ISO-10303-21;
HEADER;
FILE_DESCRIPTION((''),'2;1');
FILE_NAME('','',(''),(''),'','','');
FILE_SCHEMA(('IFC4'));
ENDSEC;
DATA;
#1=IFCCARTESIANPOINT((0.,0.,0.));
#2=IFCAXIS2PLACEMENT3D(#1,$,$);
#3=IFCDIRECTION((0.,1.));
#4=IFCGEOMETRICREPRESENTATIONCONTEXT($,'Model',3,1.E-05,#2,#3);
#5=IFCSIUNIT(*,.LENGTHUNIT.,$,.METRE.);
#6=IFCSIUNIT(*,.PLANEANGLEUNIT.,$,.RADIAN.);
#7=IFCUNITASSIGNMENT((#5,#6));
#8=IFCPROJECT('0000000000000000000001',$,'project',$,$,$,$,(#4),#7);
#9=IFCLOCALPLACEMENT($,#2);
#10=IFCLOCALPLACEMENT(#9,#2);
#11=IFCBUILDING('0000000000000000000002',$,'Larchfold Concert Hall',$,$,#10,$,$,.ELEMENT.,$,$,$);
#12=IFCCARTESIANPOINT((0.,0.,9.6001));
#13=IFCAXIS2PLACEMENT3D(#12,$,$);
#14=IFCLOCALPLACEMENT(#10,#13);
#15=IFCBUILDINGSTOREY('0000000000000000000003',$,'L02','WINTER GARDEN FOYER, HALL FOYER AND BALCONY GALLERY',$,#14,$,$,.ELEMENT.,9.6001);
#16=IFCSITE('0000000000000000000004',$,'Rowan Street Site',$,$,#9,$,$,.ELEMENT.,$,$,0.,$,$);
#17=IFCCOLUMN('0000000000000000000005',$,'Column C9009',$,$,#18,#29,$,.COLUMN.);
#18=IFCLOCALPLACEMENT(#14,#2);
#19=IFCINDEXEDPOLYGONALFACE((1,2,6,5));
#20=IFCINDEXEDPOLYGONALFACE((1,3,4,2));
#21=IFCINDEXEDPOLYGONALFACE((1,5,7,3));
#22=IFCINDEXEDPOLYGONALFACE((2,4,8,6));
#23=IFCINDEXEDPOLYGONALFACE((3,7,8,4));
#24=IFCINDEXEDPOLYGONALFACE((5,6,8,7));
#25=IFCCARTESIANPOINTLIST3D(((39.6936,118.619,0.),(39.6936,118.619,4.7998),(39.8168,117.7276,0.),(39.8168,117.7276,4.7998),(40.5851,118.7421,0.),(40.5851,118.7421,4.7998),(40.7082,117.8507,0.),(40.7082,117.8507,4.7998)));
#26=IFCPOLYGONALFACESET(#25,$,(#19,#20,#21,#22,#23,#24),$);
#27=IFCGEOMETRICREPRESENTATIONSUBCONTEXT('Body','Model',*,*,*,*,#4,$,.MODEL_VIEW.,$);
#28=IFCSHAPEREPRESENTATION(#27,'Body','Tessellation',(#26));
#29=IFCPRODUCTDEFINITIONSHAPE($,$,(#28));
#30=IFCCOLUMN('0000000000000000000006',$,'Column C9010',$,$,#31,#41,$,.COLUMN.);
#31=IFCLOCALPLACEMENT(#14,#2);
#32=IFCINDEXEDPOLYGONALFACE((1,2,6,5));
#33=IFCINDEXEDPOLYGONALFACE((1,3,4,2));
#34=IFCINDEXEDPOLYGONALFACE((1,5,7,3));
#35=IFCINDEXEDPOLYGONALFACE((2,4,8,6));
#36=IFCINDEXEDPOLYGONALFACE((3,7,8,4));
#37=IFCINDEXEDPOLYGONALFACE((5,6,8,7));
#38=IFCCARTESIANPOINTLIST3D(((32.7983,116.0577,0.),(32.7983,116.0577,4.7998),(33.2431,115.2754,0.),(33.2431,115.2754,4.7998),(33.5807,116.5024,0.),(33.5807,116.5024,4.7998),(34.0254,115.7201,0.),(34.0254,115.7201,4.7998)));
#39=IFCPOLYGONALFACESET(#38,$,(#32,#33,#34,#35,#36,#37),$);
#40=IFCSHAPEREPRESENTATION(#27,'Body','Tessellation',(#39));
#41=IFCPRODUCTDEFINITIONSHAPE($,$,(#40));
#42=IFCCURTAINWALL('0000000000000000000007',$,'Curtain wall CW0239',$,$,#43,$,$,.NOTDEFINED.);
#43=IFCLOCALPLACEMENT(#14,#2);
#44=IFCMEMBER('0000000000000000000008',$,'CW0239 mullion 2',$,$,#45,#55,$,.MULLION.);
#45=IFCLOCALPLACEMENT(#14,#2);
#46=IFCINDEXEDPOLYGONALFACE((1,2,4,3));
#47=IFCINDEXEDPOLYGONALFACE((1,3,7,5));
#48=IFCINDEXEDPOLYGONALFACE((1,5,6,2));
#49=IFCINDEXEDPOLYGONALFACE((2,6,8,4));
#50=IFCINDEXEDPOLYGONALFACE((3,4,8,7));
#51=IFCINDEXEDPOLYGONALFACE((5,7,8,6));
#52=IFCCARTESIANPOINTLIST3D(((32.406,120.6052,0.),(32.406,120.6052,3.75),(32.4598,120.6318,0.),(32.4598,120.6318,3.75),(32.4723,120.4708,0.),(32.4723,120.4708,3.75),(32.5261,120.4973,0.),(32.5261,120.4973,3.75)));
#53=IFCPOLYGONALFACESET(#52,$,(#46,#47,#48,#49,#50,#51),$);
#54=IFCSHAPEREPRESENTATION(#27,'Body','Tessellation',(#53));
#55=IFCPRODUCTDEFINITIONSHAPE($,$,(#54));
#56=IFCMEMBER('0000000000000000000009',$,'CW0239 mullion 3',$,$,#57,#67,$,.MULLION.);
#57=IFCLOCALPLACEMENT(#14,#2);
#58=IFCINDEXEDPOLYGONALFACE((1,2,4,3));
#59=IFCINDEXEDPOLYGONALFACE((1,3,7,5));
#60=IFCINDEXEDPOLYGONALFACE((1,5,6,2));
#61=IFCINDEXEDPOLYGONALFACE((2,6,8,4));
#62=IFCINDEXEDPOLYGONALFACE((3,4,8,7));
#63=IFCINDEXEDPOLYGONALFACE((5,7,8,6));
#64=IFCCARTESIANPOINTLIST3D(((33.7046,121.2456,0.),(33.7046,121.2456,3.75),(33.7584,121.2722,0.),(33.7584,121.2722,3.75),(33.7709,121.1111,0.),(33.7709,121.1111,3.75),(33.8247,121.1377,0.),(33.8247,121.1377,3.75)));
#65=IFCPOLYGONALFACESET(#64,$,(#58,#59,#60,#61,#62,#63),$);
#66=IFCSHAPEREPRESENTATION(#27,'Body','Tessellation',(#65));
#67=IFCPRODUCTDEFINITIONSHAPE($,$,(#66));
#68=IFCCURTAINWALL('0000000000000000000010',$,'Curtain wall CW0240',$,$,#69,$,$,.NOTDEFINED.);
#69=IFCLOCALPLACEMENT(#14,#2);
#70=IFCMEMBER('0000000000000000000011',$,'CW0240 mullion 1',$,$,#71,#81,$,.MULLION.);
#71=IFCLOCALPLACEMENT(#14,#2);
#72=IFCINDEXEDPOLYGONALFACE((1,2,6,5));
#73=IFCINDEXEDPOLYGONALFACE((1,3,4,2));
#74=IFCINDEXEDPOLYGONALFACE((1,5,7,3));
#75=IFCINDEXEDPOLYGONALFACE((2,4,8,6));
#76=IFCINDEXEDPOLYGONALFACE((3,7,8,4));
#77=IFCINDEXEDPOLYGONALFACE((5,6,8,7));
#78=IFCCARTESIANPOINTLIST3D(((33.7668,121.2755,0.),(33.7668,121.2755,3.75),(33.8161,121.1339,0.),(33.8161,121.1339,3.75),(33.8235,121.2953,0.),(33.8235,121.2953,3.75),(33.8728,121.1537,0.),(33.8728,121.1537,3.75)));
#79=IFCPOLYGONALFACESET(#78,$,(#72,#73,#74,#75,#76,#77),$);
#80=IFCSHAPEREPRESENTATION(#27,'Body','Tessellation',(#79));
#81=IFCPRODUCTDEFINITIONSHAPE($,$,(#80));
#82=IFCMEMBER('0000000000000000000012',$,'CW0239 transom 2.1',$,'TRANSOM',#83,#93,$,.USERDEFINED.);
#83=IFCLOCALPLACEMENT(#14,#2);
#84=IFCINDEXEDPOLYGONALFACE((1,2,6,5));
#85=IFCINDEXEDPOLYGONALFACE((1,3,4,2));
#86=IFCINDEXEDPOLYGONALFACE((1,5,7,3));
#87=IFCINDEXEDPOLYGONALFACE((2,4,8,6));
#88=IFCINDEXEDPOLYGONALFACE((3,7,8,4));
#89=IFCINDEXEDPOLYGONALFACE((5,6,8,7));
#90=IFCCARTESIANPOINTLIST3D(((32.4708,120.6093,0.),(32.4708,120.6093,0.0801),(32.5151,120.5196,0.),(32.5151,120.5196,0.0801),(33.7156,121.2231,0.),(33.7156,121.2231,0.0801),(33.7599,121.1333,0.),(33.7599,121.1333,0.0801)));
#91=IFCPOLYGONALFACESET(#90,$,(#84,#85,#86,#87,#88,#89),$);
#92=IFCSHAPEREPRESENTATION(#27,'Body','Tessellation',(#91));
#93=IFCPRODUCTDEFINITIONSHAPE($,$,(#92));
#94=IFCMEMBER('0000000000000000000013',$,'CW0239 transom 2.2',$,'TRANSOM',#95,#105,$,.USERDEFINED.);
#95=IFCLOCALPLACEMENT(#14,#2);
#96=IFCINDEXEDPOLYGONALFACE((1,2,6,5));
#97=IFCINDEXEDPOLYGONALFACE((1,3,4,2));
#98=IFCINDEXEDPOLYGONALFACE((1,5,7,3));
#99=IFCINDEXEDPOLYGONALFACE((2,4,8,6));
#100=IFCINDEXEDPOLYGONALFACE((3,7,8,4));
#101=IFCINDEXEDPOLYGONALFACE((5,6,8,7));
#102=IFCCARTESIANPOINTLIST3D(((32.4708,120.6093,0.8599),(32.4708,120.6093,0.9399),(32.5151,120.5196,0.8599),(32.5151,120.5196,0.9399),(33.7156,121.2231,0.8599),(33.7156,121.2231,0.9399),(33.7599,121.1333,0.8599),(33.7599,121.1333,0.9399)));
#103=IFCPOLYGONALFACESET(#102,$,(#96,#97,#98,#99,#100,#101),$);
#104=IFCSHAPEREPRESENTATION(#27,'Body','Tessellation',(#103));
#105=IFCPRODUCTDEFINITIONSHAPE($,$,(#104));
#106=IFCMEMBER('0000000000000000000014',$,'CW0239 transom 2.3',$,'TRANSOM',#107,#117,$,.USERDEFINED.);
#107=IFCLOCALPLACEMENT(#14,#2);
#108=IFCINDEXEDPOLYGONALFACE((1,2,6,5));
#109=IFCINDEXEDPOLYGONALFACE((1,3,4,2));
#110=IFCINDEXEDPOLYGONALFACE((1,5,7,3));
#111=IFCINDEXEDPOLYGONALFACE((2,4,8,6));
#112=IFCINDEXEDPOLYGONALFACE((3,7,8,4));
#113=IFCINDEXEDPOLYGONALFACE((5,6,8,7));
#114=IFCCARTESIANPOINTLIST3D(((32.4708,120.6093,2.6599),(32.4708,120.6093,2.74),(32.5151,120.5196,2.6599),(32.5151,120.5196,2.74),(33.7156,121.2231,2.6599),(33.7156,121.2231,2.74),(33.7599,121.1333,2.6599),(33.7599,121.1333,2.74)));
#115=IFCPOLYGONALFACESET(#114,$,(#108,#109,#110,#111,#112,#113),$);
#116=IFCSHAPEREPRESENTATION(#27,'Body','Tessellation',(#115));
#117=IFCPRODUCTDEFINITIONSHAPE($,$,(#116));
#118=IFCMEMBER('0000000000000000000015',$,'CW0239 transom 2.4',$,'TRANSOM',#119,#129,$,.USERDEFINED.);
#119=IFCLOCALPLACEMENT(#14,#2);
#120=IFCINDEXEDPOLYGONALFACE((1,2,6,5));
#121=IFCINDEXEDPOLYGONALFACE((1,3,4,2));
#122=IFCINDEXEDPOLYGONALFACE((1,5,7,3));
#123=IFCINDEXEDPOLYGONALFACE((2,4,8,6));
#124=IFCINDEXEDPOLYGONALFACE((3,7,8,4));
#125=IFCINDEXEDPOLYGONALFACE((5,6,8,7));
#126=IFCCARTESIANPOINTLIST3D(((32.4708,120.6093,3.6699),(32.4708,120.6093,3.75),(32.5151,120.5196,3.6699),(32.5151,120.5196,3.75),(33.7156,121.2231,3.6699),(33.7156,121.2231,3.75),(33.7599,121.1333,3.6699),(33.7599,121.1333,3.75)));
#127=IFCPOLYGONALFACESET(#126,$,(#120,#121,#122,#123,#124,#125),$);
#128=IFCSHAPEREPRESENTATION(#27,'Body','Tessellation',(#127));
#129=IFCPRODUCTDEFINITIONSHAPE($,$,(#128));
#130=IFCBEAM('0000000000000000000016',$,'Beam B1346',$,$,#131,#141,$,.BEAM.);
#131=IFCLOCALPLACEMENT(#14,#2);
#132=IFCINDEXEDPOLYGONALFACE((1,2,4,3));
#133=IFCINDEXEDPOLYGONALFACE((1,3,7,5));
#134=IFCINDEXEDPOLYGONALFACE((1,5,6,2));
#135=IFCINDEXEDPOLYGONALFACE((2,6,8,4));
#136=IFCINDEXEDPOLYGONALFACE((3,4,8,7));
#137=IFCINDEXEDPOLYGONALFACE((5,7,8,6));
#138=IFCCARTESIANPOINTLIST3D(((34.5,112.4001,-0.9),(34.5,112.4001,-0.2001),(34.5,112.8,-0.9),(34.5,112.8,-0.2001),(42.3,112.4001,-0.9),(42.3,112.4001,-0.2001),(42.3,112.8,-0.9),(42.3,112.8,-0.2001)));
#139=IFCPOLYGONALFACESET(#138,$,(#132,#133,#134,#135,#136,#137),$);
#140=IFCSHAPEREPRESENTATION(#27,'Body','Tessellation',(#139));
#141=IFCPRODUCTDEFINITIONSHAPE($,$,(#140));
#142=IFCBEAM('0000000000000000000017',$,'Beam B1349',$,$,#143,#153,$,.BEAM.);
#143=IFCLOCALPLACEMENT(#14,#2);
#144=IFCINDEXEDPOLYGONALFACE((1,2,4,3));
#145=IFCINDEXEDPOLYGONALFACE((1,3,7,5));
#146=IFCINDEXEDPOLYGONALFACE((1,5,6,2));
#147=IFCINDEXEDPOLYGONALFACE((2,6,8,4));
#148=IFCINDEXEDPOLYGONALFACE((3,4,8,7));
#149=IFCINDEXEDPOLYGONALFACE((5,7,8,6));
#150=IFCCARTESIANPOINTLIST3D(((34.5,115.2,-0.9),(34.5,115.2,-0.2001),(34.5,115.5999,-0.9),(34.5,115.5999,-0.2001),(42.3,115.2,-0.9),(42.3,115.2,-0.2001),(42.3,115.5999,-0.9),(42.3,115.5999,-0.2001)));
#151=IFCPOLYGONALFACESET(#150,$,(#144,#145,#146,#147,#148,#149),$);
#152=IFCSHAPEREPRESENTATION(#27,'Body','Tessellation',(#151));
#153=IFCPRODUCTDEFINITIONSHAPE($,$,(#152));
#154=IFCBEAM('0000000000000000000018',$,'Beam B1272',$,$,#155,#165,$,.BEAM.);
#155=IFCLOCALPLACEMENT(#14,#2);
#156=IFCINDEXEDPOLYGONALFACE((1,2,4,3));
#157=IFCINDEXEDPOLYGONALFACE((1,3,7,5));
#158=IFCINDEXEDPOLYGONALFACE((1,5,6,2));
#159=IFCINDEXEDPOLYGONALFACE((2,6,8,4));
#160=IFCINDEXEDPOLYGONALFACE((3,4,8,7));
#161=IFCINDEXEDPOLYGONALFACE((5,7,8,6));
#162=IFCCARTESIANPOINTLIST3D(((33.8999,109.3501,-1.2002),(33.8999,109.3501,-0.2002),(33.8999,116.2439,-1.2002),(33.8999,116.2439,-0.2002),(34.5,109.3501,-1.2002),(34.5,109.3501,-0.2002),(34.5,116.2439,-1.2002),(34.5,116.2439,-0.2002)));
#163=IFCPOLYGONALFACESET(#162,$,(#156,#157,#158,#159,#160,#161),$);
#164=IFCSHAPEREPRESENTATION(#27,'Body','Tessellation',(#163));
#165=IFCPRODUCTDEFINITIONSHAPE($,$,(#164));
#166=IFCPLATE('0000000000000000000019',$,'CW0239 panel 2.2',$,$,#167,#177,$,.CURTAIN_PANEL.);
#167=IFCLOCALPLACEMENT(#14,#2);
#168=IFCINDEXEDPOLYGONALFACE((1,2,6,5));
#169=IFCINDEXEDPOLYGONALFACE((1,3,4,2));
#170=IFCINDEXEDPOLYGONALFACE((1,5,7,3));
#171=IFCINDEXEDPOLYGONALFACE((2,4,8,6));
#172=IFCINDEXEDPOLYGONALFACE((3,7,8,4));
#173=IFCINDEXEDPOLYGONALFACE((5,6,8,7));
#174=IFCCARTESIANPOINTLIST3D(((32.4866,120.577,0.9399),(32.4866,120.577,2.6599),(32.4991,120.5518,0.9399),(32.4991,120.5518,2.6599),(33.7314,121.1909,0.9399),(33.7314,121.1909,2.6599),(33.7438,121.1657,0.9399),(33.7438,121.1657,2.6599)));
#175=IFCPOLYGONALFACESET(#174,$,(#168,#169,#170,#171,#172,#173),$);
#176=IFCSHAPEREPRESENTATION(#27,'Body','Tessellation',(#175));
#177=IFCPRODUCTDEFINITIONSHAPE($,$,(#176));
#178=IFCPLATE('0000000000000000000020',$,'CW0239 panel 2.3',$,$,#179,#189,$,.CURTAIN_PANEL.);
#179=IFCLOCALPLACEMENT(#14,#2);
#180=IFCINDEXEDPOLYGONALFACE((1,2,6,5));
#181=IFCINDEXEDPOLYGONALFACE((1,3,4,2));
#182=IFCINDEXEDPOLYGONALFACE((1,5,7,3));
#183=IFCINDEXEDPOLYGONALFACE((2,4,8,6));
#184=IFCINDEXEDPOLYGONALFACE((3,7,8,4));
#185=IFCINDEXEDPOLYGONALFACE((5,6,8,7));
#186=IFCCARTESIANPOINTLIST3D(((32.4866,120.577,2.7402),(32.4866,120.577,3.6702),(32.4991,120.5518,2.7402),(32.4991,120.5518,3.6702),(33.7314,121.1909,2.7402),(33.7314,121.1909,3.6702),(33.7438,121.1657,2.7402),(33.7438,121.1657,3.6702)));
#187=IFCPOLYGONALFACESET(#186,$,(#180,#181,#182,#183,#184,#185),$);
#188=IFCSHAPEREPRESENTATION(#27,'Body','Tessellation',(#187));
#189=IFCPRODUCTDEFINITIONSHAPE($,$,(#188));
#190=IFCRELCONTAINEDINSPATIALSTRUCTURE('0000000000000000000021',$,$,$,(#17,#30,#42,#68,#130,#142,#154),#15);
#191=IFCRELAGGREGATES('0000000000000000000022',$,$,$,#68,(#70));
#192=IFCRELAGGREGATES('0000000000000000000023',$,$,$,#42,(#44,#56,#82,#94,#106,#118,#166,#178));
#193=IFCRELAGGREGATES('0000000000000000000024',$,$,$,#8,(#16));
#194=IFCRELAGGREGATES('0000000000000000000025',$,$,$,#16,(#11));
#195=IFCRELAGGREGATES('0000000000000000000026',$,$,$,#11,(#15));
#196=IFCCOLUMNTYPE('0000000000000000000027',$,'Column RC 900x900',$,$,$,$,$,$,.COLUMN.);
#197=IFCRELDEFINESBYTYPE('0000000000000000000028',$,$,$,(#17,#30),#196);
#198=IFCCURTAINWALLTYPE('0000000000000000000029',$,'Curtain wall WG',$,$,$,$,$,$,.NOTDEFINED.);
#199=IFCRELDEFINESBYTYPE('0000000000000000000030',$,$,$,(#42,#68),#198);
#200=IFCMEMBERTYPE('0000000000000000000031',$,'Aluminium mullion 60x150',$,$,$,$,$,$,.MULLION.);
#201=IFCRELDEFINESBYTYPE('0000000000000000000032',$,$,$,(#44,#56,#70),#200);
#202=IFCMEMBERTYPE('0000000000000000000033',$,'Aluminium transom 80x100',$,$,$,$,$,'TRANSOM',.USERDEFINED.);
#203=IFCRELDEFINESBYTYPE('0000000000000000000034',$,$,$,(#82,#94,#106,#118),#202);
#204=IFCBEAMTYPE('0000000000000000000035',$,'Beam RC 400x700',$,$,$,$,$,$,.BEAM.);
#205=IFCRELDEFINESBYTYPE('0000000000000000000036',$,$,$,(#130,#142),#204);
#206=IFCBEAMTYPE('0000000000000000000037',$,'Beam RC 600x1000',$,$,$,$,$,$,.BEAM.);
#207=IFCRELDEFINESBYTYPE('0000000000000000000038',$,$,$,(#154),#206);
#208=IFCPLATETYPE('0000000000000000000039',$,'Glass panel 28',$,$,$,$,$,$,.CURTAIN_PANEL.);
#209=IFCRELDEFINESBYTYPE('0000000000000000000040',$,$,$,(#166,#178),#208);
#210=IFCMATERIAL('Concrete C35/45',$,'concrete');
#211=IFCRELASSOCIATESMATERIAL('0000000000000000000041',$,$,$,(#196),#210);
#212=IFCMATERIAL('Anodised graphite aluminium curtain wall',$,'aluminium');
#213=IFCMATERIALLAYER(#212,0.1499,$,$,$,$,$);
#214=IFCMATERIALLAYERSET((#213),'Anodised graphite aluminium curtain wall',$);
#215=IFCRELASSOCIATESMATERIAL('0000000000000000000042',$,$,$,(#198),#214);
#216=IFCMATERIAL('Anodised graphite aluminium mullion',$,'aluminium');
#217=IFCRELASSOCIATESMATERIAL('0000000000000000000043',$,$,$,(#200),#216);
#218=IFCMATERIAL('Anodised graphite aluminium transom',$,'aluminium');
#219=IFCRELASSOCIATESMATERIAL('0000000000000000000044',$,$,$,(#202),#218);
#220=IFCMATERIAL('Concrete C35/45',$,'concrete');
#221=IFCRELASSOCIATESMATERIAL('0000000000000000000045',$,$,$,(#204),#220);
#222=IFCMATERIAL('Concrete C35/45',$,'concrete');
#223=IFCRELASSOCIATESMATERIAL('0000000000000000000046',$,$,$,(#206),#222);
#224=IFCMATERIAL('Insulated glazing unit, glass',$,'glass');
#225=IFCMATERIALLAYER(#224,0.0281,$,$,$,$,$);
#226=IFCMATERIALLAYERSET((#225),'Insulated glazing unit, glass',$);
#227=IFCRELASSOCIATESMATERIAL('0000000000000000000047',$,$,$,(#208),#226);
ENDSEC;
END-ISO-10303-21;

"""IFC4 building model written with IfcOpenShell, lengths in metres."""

from ifc_helpers import new_model, si_unit, direction, frame, origin, origin_2d, place, context, subcontext, project, spatial, rectangle, extrude, material, layer, layer_set, material_profile, profile_set, type_object, element, aggregate, save


model = new_model("IFC4")

# Units and contexts
model_context = context("Model", 3, precision=1e-05, world=origin(), true_north=direction((0.0, 1.0)))
body_context = subcontext(model_context, "Body", "Model", "MODEL_VIEW")
ifc_project = project(units=[si_unit("LENGTHUNIT", "METRE"), si_unit("PLANEANGLEUNIT", "RADIAN")], contexts=[model_context])

# Site, building, storey
site_placement = place(None, origin())
site = spatial("IfcSite", under=ifc_project, at=site_placement, Name="Rowan Street Site", CompositionType="ELEMENT", RefElevation=0.0)
building_placement = place(site_placement, origin())
building = spatial("IfcBuilding", under=site, at=building_placement, Name="Larchfold Concert Hall", CompositionType="ELEMENT")
storey_placement = place(building_placement, frame((0.0, 0.0, 9.6001)))
storey = spatial("IfcBuildingStorey", under=building, at=storey_placement, Name="L02", Description="WINTER GARDEN FOYER, HALL FOYER AND BALCONY GALLERY", CompositionType="ELEMENT", Elevation=9.6001)

# Columns
ifc_material_1 = material(Name="Concrete C35/45", Category="concrete")
ifc_material_profile_1 = material_profile(ifc_material_1, rectangle(XDim=0.8999, YDim=0.8999, at=origin_2d()))
ifc_profile_set_1 = profile_set([ifc_material_profile_1], Name="Concrete C35/45")
column_type = type_object("IfcColumnType", Name="Column RC 900x900", PredefinedType="COLUMN", material=ifc_profile_set_1)
for number, where, z_axis, x_axis, name in (
    (1, (40.2009, 118.2349, 0.0), (0.0, 0.0, 1.0), (0.990596, 0.13682, 0.0), "Column C9009"),
    (2, (33.4119, 115.8889, 0.0), (0.0, 0.0, 1.0), (0.86935, 0.494197, 0.0), "Column C9010"),
):
    element("IfcColumn", number, at=place(storey_placement, frame(where, z_axis=z_axis, x_axis=x_axis)), inside=storey, type_object=column_type, Name=name, PredefinedType="COLUMN", context=body_context, shape_type="SweptSolid", body=[
        extrude(rectangle(XDim=0.8999, YDim=0.8999, at=origin_2d()), origin(), (0.0, 0.0, 1.0), 4.7998),
    ])

# Curtain wall, members
ifc_material_2 = material(Name="Anodised graphite aluminium curtain wall", Category="aluminium")
ifc_layer_1 = layer(ifc_material_2, 0.1499)
ifc_layer_set_1 = layer_set([ifc_layer_1], Name="Anodised graphite aluminium curtain wall")
curtain_wall_type = type_object("IfcCurtainWallType", Name="Curtain wall WG", PredefinedType="NOTDEFINED", material=ifc_layer_set_1)
curtain_wall_1_placement = place(storey_placement, origin())
curtain_wall_1 = element("IfcCurtainWall", 3, at=curtain_wall_1_placement, inside=storey, type_object=curtain_wall_type, Name="Curtain wall CW0239", PredefinedType="NOTDEFINED")
ifc_material_3 = material(Name="Anodised graphite aluminium mullion", Category="aluminium")
ifc_material_profile_2 = material_profile(ifc_material_3, rectangle(XDim=0.1499, YDim=0.0601, at=origin_2d()))
ifc_profile_set_2 = profile_set([ifc_material_profile_2], Name="Anodised graphite aluminium mullion")
member_type_1 = type_object("IfcMemberType", Name="Aluminium mullion 60x150", PredefinedType="MULLION", material=ifc_profile_set_2)
member_1_placement = place(storey_placement, frame((32.4661, 120.5513, 0.0), z_axis=(0.0, 0.0, 1.0), x_axis=(-0.442317, 0.896859, 0.0)))
member_1 = element("IfcMember", 4, at=member_1_placement, type_object=member_type_1, Name="CW0239 mullion 2", PredefinedType="MULLION", context=body_context, shape_type="SweptSolid", body=[
    extrude(rectangle(XDim=0.1499, YDim=0.0601, at=origin_2d()), origin(), (0.0, 0.0, 1.0), 3.75),
])
member_2_placement = place(storey_placement, frame((33.7646, 121.1917, 0.0), z_axis=(0.0, 0.0, 1.0), x_axis=(-0.442317, 0.896859, 0.0)))
member_2 = element("IfcMember", 5, at=member_2_placement, type_object=member_type_1, Name="CW0239 mullion 3", PredefinedType="MULLION", context=body_context, shape_type="SweptSolid", body=[
    extrude(rectangle(XDim=0.1499, YDim=0.0601, at=origin_2d()), origin(), (0.0, 0.0, 1.0), 3.75),
])

# Curtain wall, member
curtain_wall_2_placement = place(storey_placement, origin())
curtain_wall_2 = element("IfcCurtainWall", 6, at=curtain_wall_2_placement, inside=storey, type_object=curtain_wall_type, Name="Curtain wall CW0240", PredefinedType="NOTDEFINED")
member_3_placement = place(storey_placement, frame((33.8198, 121.2146, 0.0), z_axis=(0.0, 0.0, 1.0), x_axis=(-0.328954, 0.944346, 0.0)))
member_3 = element("IfcMember", 7, at=member_3_placement, type_object=member_type_1, Name="CW0240 mullion 1", PredefinedType="MULLION", context=body_context, shape_type="SweptSolid", body=[
    extrude(rectangle(XDim=0.1499, YDim=0.0601, at=origin_2d()), origin(), (0.0, 0.0, 1.0), 3.75),
])
aggregate(curtain_wall_2, [member_3])

# Members
ifc_material_4 = material(Name="Anodised graphite aluminium transom", Category="aluminium")
ifc_material_profile_3 = material_profile(ifc_material_4, rectangle(XDim=0.1001, YDim=0.0801, at=origin_2d()))
ifc_profile_set_3 = profile_set([ifc_material_profile_3], Name="Anodised graphite aluminium transom")
member_type_2 = type_object("IfcMemberType", Name="Aluminium transom 80x100", ElementType="TRANSOM", PredefinedType="USERDEFINED", material=ifc_profile_set_3)
member_4_placement = place(storey_placement, frame((32.4929, 120.5645, 0.04), z_axis=(0.896911, 0.442211, 0.0), x_axis=(-0.442211, 0.896911, 0.0)))
member_4 = element("IfcMember", 8, at=member_4_placement, type_object=member_type_2, Name="CW0239 transom 2.1", ObjectType="TRANSOM", PredefinedType="USERDEFINED", context=body_context, shape_type="SweptSolid", body=[
    extrude(rectangle(XDim=0.1001, YDim=0.0801, at=origin_2d()), origin(), (0.0, 0.0, 1.0), 1.3879),
])
member_5_placement = place(storey_placement, frame((32.4929, 120.5645, 0.8999), z_axis=(0.896911, 0.442211, 0.0), x_axis=(-0.442211, 0.896911, 0.0)))
member_5 = element("IfcMember", 9, at=member_5_placement, type_object=member_type_2, Name="CW0239 transom 2.2", ObjectType="TRANSOM", PredefinedType="USERDEFINED", context=body_context, shape_type="SweptSolid", body=[
    extrude(rectangle(XDim=0.1001, YDim=0.0801, at=origin_2d()), origin(), (0.0, 0.0, 1.0), 1.3879),
])
member_6_placement = place(storey_placement, frame((32.4929, 120.5645, 2.7), z_axis=(0.896911, 0.442211, 0.0), x_axis=(-0.442211, 0.896911, 0.0)))
member_6 = element("IfcMember", 10, at=member_6_placement, type_object=member_type_2, Name="CW0239 transom 2.3", ObjectType="TRANSOM", PredefinedType="USERDEFINED", context=body_context, shape_type="SweptSolid", body=[
    extrude(rectangle(XDim=0.1001, YDim=0.0801, at=origin_2d()), origin(), (0.0, 0.0, 1.0), 1.3879),
])
member_7_placement = place(storey_placement, frame((32.4929, 120.5645, 3.71), z_axis=(0.896911, 0.442211, 0.0), x_axis=(-0.442211, 0.896911, 0.0)))
member_7 = element("IfcMember", 11, at=member_7_placement, type_object=member_type_2, Name="CW0239 transom 2.4", ObjectType="TRANSOM", PredefinedType="USERDEFINED", context=body_context, shape_type="SweptSolid", body=[
    extrude(rectangle(XDim=0.1001, YDim=0.0801, at=origin_2d()), origin(), (0.0, 0.0, 1.0), 1.3879),
])

# Beams
ifc_material_5 = material(Name="Concrete C35/45", Category="concrete")
ifc_material_profile_4 = material_profile(ifc_material_5, rectangle(XDim=0.3999, YDim=0.7, at=origin_2d()))
ifc_profile_set_4 = profile_set([ifc_material_profile_4], Name="Concrete C35/45")
beam_type_1 = type_object("IfcBeamType", Name="Beam RC 400x700", PredefinedType="BEAM", material=ifc_profile_set_4)
for number, where, z_axis, x_axis, name in (
    (12, (34.5, 112.6001, -0.55), (1.0, 0.0, 0.0), (0.0, 1.0, 0.0), "Beam B1346"),
    (13, (34.5, 115.3999, -0.55), (1.0, 0.0, 0.0), (0.0, 1.0, 0.0), "Beam B1349"),
):
    element("IfcBeam", number, at=place(storey_placement, frame(where, z_axis=z_axis, x_axis=x_axis)), inside=storey, type_object=beam_type_1, Name=name, PredefinedType="BEAM", context=body_context, shape_type="SweptSolid", body=[
        extrude(rectangle(XDim=0.3999, YDim=0.7, at=origin_2d()), origin(), (0.0, 0.0, 1.0), 7.8),
    ])
ifc_material_6 = material(Name="Concrete C35/45", Category="concrete")
ifc_material_profile_5 = material_profile(ifc_material_6, rectangle(XDim=0.6001, YDim=1.0, at=origin_2d()))
ifc_profile_set_5 = profile_set([ifc_material_profile_5], Name="Concrete C35/45")
beam_type_2 = type_object("IfcBeamType", Name="Beam RC 600x1000", PredefinedType="BEAM", material=ifc_profile_set_5)
beam_placement = place(storey_placement, frame((34.2, 109.3501, -0.7002), z_axis=(0.0, 1.0, 0.0), x_axis=(-1.0, 0.0, 0.0)))
element("IfcBeam", 14, at=beam_placement, inside=storey, type_object=beam_type_2, Name="Beam B1272", PredefinedType="BEAM", context=body_context, shape_type="SweptSolid", body=[
    extrude(rectangle(XDim=0.6001, YDim=1.0, at=origin_2d()), origin(), (0.0, 0.0, 1.0), 6.8938),
])

# Plates
ifc_material_7 = material(Name="Insulated glazing unit, glass", Category="glass")
ifc_layer_2 = layer(ifc_material_7, 0.0281)
ifc_layer_set_2 = layer_set([ifc_layer_2], Name="Insulated glazing unit, glass")
plate_type_1 = type_object("IfcPlateType", Name="Glass panel 28", PredefinedType="CURTAIN_PANEL", material=ifc_layer_set_2)
plate_1_placement = place(storey_placement, frame((33.1152, 120.8713, 0.9399), z_axis=(0.0, 0.0, 1.0), x_axis=(0.896859, 0.442317, 0.0)))
plate_1 = element("IfcPlate", 15, at=plate_1_placement, type_object=plate_type_1, Name="CW0239 panel 2.2", PredefinedType="CURTAIN_PANEL", context=body_context, shape_type="SweptSolid", body=[
    extrude(rectangle(XDim=1.3879, YDim=0.0281, at=origin_2d()), origin(), (0.0, 0.0, 1.0), 1.72),
])
plate_2_placement = place(storey_placement, frame((33.1152, 120.8713, 2.7402), z_axis=(0.0, 0.0, 1.0), x_axis=(0.896859, 0.442317, 0.0)))
plate_2 = element("IfcPlate", 16, at=plate_2_placement, type_object=plate_type_1, Name="CW0239 panel 2.3", PredefinedType="CURTAIN_PANEL", context=body_context, shape_type="SweptSolid", body=[
    extrude(rectangle(XDim=1.3879, YDim=0.0281, at=origin_2d()), origin(), (0.0, 0.0, 1.0), 0.9299),
])
aggregate(curtain_wall_1, [member_1, member_2, member_4, member_5, member_6, member_7, plate_1, plate_2])

save(model, "model.ifc")
